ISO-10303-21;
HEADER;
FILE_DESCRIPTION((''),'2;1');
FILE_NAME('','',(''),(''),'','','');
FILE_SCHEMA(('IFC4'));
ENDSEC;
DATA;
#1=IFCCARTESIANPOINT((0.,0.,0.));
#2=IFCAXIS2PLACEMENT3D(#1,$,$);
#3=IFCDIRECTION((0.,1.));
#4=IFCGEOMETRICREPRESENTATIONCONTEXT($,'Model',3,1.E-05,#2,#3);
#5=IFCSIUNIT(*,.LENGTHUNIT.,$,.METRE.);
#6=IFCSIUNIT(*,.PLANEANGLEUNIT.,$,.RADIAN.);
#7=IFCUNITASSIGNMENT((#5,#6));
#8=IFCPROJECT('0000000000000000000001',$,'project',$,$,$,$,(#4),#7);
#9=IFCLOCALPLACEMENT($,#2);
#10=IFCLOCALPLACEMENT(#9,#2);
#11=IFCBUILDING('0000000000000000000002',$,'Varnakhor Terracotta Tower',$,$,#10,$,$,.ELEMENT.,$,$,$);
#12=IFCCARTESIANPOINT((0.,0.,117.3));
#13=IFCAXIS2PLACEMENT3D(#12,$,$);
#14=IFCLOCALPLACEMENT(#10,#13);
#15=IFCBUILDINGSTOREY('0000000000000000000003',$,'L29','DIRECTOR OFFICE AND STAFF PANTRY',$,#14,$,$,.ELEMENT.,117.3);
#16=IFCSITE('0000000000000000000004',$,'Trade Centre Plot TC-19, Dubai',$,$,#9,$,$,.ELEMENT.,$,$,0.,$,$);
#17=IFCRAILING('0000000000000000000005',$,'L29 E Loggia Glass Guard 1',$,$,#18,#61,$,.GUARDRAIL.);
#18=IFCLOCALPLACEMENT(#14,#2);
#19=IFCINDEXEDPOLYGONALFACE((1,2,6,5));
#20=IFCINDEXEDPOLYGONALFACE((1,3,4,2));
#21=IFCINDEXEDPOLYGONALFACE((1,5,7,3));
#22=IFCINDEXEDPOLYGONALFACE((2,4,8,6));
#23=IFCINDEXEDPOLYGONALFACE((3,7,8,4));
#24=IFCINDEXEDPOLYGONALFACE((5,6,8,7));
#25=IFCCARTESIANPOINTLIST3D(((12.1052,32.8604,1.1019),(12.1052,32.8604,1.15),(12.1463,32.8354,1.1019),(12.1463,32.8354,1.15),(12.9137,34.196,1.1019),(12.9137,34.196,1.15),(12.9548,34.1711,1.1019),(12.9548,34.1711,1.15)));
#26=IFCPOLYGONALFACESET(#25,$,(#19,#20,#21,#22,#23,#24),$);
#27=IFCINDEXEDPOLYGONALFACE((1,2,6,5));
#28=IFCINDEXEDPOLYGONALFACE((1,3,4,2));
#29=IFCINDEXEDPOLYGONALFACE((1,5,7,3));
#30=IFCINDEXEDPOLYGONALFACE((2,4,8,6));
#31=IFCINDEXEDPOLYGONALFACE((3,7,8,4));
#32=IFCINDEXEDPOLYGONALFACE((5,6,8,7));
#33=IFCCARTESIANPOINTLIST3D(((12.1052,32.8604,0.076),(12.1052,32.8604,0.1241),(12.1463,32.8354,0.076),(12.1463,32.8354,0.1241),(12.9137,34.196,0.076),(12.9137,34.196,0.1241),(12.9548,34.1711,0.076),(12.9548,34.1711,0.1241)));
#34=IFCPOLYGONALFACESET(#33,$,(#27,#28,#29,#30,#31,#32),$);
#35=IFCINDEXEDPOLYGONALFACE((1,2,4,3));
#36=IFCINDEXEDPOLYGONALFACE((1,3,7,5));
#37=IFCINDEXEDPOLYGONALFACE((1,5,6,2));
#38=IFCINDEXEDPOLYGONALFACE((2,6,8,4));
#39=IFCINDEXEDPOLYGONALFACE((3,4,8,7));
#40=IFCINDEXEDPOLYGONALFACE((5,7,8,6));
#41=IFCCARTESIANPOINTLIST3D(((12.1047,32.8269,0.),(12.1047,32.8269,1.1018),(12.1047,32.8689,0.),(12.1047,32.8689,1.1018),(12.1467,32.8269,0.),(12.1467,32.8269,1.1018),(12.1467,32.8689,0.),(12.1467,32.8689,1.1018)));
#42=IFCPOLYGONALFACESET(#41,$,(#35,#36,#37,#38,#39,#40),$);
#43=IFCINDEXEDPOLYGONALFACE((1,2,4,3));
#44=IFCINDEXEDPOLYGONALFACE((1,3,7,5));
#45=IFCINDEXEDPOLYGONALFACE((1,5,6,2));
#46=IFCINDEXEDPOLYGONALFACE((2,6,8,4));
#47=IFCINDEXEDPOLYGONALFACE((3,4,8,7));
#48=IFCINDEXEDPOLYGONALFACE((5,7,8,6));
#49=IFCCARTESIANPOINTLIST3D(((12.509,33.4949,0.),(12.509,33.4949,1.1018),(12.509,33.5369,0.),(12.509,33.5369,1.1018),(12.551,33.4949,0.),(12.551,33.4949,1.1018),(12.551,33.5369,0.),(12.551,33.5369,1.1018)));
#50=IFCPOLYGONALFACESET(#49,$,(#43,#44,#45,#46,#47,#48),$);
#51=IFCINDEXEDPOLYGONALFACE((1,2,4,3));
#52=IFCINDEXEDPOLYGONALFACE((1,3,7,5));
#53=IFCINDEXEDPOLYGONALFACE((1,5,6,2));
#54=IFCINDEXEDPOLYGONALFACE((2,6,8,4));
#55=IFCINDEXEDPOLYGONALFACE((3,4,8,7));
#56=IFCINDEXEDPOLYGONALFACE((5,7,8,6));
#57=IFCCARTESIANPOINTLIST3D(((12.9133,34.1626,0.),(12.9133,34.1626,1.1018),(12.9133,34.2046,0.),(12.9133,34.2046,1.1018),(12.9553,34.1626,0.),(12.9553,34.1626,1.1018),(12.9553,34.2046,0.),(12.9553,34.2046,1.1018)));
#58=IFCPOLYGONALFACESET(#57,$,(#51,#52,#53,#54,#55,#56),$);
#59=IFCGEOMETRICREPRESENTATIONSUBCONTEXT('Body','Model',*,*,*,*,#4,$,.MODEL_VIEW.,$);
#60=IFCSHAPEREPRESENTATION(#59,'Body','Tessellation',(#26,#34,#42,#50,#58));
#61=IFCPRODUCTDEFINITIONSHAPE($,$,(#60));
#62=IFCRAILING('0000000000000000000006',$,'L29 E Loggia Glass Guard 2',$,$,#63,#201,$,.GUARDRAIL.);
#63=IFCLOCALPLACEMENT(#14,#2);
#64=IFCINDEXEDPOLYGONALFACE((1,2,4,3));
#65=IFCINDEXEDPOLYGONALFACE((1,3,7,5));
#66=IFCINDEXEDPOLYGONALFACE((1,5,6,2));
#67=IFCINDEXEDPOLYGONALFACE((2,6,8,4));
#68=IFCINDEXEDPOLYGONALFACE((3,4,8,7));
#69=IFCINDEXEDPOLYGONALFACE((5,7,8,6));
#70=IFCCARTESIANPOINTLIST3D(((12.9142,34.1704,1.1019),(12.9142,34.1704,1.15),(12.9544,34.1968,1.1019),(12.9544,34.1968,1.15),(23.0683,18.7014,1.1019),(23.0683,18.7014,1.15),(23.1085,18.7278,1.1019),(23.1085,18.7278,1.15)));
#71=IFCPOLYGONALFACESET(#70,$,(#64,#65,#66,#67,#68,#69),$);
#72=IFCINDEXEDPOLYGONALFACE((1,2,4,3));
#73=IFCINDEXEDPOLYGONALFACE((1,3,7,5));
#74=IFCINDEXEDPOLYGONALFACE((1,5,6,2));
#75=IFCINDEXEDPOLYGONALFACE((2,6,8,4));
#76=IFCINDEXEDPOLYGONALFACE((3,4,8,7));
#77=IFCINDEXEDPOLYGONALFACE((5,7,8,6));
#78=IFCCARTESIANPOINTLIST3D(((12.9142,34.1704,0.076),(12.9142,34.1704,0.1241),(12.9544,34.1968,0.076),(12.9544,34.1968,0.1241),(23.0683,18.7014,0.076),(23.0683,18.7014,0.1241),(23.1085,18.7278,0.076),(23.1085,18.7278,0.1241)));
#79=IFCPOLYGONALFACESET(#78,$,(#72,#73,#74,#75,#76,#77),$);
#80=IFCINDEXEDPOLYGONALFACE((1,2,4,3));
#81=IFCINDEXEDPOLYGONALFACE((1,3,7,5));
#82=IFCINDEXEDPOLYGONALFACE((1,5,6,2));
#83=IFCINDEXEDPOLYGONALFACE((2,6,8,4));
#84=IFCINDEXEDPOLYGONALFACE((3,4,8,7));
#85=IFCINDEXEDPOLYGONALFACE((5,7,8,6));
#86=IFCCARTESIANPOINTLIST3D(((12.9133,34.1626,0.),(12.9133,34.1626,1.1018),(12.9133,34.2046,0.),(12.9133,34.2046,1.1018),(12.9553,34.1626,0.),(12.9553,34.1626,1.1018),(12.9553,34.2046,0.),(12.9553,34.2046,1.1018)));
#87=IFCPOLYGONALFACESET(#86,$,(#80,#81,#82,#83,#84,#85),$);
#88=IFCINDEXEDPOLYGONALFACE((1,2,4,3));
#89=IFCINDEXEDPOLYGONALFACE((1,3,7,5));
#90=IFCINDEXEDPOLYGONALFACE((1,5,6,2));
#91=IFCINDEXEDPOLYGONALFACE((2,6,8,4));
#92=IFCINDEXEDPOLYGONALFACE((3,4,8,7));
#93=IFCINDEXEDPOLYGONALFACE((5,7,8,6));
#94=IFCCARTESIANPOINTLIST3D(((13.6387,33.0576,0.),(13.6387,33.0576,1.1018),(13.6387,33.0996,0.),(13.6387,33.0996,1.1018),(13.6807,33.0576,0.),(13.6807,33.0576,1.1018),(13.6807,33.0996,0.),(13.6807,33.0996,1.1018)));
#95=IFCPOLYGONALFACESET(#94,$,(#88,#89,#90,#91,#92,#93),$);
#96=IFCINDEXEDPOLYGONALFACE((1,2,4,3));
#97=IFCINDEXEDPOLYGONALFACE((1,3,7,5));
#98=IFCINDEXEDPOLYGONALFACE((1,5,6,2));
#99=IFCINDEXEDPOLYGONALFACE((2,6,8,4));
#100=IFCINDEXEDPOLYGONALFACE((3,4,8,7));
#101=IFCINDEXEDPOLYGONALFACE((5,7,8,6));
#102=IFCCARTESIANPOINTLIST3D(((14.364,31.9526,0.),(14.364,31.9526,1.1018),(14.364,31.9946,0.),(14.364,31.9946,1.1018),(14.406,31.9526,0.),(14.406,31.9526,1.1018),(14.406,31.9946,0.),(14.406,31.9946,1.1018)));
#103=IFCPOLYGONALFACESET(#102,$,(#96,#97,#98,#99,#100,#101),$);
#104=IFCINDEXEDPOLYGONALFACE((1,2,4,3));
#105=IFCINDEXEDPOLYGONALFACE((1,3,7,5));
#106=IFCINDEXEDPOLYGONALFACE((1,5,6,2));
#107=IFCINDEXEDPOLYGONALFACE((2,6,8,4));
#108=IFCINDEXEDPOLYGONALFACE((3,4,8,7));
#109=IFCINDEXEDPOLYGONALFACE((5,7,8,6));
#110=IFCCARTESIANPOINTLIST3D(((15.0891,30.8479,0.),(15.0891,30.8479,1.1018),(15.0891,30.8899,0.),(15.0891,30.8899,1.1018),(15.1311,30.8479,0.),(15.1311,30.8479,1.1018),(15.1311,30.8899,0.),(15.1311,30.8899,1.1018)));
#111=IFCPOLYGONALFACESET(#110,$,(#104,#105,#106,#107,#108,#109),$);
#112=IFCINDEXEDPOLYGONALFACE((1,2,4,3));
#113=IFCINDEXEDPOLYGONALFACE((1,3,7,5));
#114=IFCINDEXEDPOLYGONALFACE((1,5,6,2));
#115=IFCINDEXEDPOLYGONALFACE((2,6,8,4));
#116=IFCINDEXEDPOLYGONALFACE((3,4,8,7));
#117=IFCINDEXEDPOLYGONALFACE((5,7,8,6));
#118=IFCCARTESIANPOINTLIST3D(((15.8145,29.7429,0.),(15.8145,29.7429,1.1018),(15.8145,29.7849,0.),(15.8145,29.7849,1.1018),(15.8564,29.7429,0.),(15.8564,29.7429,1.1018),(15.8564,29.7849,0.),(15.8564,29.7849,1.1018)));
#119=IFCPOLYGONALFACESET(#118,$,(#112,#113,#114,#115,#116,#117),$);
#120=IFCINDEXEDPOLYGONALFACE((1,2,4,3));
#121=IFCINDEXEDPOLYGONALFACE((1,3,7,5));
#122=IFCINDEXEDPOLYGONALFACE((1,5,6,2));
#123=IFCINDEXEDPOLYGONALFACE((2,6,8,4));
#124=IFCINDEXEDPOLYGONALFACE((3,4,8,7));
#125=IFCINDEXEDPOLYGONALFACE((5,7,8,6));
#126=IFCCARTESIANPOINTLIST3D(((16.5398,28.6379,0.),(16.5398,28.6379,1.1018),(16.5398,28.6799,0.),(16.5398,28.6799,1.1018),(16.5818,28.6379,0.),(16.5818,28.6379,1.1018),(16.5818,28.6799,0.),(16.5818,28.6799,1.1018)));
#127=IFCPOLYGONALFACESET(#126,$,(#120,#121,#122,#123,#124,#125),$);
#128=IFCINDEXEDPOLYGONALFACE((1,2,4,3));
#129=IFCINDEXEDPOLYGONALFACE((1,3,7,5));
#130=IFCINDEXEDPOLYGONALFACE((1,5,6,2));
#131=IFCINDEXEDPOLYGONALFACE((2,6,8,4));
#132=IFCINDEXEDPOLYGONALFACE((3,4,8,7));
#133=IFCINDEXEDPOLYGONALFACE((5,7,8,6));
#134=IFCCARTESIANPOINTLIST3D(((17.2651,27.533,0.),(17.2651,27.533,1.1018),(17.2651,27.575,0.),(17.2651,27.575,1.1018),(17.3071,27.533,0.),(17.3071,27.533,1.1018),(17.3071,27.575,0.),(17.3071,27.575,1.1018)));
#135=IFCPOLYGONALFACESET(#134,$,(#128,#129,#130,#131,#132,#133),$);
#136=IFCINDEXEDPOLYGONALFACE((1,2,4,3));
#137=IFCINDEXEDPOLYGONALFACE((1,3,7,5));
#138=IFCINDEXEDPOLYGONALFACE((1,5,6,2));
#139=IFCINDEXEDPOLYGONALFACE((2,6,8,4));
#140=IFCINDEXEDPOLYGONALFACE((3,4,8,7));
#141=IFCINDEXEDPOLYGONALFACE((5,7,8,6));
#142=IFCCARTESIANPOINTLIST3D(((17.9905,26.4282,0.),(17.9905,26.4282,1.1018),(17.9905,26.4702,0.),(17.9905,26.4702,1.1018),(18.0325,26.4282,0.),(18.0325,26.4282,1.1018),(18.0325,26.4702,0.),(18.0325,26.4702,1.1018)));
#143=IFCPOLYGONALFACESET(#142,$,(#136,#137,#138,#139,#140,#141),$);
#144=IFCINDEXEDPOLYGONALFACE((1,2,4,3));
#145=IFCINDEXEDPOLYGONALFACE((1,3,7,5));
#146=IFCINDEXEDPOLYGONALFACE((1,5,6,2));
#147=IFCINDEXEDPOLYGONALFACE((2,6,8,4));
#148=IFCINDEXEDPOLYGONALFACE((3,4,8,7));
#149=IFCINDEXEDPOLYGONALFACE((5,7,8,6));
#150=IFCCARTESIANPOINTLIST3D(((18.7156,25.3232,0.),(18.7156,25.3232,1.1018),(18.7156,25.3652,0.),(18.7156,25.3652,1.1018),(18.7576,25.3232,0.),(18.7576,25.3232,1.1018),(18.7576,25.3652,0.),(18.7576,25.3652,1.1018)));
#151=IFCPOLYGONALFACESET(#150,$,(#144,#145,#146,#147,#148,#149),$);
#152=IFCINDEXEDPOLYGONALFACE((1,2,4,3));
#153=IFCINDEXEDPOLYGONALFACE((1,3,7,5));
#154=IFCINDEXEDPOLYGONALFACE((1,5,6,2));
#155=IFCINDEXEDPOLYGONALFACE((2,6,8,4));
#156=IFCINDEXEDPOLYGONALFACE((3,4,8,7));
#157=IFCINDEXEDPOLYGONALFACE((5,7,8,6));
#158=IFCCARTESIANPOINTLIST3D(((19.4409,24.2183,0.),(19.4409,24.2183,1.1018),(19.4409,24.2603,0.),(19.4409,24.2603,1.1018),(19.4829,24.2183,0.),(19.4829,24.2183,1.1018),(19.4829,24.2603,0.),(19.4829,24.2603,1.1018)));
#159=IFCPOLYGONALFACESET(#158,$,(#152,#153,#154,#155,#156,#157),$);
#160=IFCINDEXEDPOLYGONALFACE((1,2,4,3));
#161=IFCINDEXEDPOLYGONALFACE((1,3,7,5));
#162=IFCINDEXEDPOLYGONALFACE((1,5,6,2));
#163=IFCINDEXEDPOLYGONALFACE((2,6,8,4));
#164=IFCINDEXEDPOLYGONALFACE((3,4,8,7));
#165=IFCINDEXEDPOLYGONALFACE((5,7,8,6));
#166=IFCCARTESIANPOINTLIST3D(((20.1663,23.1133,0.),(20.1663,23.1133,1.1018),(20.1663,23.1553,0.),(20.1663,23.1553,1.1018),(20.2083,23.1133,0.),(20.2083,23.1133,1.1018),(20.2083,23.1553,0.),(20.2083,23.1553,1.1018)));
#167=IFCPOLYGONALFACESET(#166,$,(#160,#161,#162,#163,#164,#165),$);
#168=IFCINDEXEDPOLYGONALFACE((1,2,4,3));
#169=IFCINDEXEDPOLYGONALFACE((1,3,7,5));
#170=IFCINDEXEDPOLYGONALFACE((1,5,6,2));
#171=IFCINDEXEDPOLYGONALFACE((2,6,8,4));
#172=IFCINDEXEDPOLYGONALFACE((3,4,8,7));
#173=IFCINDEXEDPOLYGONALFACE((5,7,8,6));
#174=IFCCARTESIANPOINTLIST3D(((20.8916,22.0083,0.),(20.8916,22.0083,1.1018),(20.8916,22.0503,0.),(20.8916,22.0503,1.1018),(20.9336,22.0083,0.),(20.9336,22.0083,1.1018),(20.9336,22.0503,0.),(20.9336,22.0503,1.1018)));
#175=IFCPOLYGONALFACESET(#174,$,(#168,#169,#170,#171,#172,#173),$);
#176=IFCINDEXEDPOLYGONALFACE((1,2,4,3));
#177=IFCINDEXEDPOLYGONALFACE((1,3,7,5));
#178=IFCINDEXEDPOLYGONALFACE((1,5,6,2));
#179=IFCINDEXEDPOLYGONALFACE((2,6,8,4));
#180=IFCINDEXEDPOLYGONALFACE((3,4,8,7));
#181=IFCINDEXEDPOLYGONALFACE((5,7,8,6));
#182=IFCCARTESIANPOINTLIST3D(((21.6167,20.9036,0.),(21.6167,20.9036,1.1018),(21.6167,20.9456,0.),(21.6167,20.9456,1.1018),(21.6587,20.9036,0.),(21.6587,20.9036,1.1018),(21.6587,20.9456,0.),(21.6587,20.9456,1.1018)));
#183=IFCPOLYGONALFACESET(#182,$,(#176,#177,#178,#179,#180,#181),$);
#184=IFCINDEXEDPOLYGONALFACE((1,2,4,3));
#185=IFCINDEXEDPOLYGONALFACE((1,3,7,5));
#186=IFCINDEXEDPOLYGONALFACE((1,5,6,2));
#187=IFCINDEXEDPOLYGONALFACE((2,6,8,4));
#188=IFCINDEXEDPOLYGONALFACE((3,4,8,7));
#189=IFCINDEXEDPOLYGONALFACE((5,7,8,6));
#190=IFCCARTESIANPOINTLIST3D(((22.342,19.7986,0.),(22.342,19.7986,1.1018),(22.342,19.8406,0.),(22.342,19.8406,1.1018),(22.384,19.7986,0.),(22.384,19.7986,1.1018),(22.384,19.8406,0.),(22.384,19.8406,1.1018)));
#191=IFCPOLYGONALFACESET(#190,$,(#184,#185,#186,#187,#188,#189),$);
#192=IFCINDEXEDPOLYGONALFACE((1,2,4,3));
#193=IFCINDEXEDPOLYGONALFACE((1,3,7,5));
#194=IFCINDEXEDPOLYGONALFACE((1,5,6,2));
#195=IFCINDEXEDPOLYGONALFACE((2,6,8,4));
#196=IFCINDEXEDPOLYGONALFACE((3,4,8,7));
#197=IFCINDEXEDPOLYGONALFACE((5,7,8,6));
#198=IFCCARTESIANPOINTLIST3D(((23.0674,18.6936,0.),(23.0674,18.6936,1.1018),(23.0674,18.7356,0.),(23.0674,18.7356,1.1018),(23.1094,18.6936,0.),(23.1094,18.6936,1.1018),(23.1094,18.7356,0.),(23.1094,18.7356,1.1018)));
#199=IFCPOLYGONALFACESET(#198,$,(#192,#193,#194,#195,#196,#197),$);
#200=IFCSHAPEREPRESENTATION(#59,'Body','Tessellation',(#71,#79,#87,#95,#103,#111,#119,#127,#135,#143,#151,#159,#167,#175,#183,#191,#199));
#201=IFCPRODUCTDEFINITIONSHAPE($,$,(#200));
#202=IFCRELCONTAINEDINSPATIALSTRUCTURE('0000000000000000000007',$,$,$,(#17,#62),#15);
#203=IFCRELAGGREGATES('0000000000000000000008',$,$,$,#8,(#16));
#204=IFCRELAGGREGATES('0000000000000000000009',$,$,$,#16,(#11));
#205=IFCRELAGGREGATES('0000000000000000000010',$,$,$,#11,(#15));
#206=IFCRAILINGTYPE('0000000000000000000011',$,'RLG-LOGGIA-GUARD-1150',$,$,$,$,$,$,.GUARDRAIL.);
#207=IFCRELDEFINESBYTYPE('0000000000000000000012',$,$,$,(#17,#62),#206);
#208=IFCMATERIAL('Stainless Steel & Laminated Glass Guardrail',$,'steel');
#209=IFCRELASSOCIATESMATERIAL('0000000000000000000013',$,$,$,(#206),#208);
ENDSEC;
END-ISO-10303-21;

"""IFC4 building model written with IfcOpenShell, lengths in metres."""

from ifc_helpers import new_model, si_unit, direction, frame, origin, origin_2d, place, context, subcontext, project, spatial, rectangle, extrude, material, type_object, element, save


model = new_model("IFC4")

# Units and contexts
model_context = context("Model", 3, precision=1e-05, world=origin(), true_north=direction((0.0, 1.0)))
body_context = subcontext(model_context, "Body", "Model", "MODEL_VIEW")
ifc_project = project(units=[si_unit("LENGTHUNIT", "METRE"), si_unit("PLANEANGLEUNIT", "RADIAN")], contexts=[model_context])

# Site, building, storey
site_placement = place(None, origin())
site = spatial("IfcSite", under=ifc_project, at=site_placement, Name="Trade Centre Plot TC-19, Dubai", CompositionType="ELEMENT", RefElevation=0.0)
building_placement = place(site_placement, origin())
building = spatial("IfcBuilding", under=site, at=building_placement, Name="Varnakhor Terracotta Tower", CompositionType="ELEMENT")
storey_placement = place(building_placement, frame((0.0, 0.0, 117.3)))
storey = spatial("IfcBuildingStorey", under=building, at=storey_placement, Name="L29", Description="DIRECTOR OFFICE AND STAFF PANTRY", CompositionType="ELEMENT", Elevation=117.3)

# Railings
ifc_material_1 = material(Name="Stainless Steel & Laminated Glass Guardrail", Category="steel")
railing_type = type_object("IfcRailingType", Name="RLG-LOGGIA-GUARD-1150", PredefinedType="GUARDRAIL", material=ifc_material_1)
railing_1_placement = place(storey_placement, frame((12.1257, 32.8479, 0.0)))
element("IfcRailing", 1, at=railing_1_placement, inside=storey, type_object=railing_type, Name="L29 E Loggia Glass Guard 1", PredefinedType="GUARDRAIL", context=body_context, shape_type="SweptSolid", body=[
    extrude(rectangle(XDim=0.0481, YDim=0.0481, at=origin_2d()), frame((0.0, 0.0, 1.126), z_axis=(0.517872, 0.855458, 0.0), x_axis=(-0.855458, 0.517872, 0.0)), (0.0, 0.0, 1.0), 1.5613),
    extrude(rectangle(XDim=0.0481, YDim=0.0481, at=origin_2d()), frame((0.0, 0.0, 0.1001), z_axis=(0.517872, 0.855458, 0.0), x_axis=(-0.855458, 0.517872, 0.0)), (0.0, 0.0, 1.0), 1.5613),
    extrude(rectangle(XDim=0.042, YDim=0.042, at=origin_2d()), origin(), (0.0, 0.0, 1.0), 1.1018),
    extrude(rectangle(XDim=0.042, YDim=0.042, at=origin_2d()), frame((0.4043, 0.668, 0.0)), (0.0, 0.0, 1.0), 1.1018),
    extrude(rectangle(XDim=0.042, YDim=0.042, at=origin_2d()), frame((0.8086, 1.3357, 0.0)), (0.0, 0.0, 1.0), 1.1018),
])
railing_2_placement = place(storey_placement, frame((12.9343, 34.1836, 0.0)))
element("IfcRailing", 2, at=railing_2_placement, inside=storey, type_object=railing_type, Name="L29 E Loggia Glass Guard 2", PredefinedType="GUARDRAIL", context=body_context, shape_type="SweptSolid", body=[
    extrude(rectangle(XDim=0.0481, YDim=0.0481, at=origin_2d()), frame((0.0, 0.0, 1.126), z_axis=(0.548752, -0.835985, 0.0), x_axis=(0.835985, 0.548752, 0.0)), (0.0, 0.0, 1.0), 18.5039),
    extrude(rectangle(XDim=0.0481, YDim=0.0481, at=origin_2d()), frame((0.0, 0.0, 0.1001), z_axis=(0.548752, -0.835985, 0.0), x_axis=(0.835985, 0.548752, 0.0)), (0.0, 0.0, 1.0), 18.5039),
    extrude(rectangle(XDim=0.042, YDim=0.042, at=origin_2d()), origin(), (0.0, 0.0, 1.0), 1.1018),
    extrude(rectangle(XDim=0.042, YDim=0.042, at=origin_2d()), frame((0.7253, -1.105, 0.0)), (0.0, 0.0, 1.0), 1.1018),
    extrude(rectangle(XDim=0.042, YDim=0.042, at=origin_2d()), frame((1.4507, -2.21, 0.0)), (0.0, 0.0, 1.0), 1.1018),
    extrude(rectangle(XDim=0.042, YDim=0.042, at=origin_2d()), frame((2.1758, -3.3147, 0.0)), (0.0, 0.0, 1.0), 1.1018),
    extrude(rectangle(XDim=0.042, YDim=0.042, at=origin_2d()), frame((2.9011, -4.4197, 0.0)), (0.0, 0.0, 1.0), 1.1018),
    extrude(rectangle(XDim=0.042, YDim=0.042, at=origin_2d()), frame((3.6265, -5.5247, 0.0)), (0.0, 0.0, 1.0), 1.1018),
    extrude(rectangle(XDim=0.042, YDim=0.042, at=origin_2d()), frame((4.3518, -6.6296, 0.0)), (0.0, 0.0, 1.0), 1.1018),
    extrude(rectangle(XDim=0.042, YDim=0.042, at=origin_2d()), frame((5.0771, -7.7344, 0.0)), (0.0, 0.0, 1.0), 1.1018),
    extrude(rectangle(XDim=0.042, YDim=0.042, at=origin_2d()), frame((5.8022, -8.8394, 0.0)), (0.0, 0.0, 1.0), 1.1018),
    extrude(rectangle(XDim=0.042, YDim=0.042, at=origin_2d()), frame((6.5276, -9.9443, 0.0)), (0.0, 0.0, 1.0), 1.1018),
    extrude(rectangle(XDim=0.042, YDim=0.042, at=origin_2d()), frame((7.2529, -11.0493, 0.0)), (0.0, 0.0, 1.0), 1.1018),
    extrude(rectangle(XDim=0.042, YDim=0.042, at=origin_2d()), frame((7.9783, -12.1543, 0.0)), (0.0, 0.0, 1.0), 1.1018),
    extrude(rectangle(XDim=0.042, YDim=0.042, at=origin_2d()), frame((8.7034, -13.259, 0.0)), (0.0, 0.0, 1.0), 1.1018),
    extrude(rectangle(XDim=0.042, YDim=0.042, at=origin_2d()), frame((9.4287, -14.364, 0.0)), (0.0, 0.0, 1.0), 1.1018),
    extrude(rectangle(XDim=0.042, YDim=0.042, at=origin_2d()), frame((10.1541, -15.469, 0.0)), (0.0, 0.0, 1.0), 1.1018),
])

save(model, "model.ifc")
